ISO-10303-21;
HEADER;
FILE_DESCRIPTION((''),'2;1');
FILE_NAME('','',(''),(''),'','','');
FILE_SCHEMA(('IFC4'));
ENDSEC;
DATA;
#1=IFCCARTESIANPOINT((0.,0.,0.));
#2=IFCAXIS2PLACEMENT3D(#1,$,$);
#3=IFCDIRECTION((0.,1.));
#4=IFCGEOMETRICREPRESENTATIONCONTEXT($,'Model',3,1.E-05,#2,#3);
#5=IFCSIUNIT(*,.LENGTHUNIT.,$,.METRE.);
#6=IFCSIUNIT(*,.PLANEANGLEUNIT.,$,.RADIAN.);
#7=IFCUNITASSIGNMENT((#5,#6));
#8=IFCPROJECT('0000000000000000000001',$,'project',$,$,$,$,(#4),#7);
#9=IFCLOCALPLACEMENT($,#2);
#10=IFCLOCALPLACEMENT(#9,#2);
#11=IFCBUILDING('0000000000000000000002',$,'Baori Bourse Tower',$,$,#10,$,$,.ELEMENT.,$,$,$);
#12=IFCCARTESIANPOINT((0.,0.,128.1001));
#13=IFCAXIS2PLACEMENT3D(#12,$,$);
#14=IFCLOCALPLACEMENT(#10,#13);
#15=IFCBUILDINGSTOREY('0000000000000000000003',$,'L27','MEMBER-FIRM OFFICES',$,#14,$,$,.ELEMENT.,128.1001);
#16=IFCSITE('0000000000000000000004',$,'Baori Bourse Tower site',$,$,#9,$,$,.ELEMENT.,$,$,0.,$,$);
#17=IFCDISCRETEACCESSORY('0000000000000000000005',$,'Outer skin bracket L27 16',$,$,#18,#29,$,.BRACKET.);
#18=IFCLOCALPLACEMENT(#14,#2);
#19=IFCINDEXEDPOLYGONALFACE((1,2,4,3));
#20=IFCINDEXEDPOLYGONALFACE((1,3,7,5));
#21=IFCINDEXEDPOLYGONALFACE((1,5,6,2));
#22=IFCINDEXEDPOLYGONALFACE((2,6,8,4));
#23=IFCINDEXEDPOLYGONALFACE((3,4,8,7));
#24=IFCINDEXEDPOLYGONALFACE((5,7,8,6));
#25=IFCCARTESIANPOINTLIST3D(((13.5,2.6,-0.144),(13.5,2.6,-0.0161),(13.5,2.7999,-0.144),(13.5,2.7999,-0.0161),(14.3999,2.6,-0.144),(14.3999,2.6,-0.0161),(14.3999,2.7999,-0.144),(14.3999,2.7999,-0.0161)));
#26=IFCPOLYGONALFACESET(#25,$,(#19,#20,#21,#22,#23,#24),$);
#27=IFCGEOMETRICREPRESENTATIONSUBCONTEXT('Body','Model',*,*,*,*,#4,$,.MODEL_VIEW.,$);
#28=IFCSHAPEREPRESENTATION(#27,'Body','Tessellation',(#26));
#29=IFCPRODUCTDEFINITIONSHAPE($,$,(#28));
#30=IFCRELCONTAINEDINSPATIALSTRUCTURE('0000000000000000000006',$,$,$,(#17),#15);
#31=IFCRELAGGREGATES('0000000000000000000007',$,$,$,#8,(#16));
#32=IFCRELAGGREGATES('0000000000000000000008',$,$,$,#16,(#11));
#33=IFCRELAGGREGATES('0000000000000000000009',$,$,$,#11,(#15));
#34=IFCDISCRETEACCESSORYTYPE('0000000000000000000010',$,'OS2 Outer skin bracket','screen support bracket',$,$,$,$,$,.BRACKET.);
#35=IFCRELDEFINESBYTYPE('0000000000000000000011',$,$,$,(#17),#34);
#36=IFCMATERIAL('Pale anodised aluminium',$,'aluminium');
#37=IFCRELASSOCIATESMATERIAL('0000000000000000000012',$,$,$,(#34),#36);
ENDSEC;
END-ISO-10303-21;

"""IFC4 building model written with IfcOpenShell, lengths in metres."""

from ifc_helpers import new_model, si_unit, direction, frame, origin, origin_2d, place, context, subcontext, project, spatial, rectangle, extrude, material, type_object, element, save


model = new_model("IFC4")

# Units and contexts
model_context = context("Model", 3, precision=1e-05, world=origin(), true_north=direction((0.0, 1.0)))
body_context = subcontext(model_context, "Body", "Model", "MODEL_VIEW")
ifc_project = project(units=[si_unit("LENGTHUNIT", "METRE"), si_unit("PLANEANGLEUNIT", "RADIAN")], contexts=[model_context])

# Site, building, storey
site_placement = place(None, origin())
site = spatial("IfcSite", under=ifc_project, at=site_placement, Name="Baori Bourse Tower site", CompositionType="ELEMENT", RefElevation=0.0)
building_placement = place(site_placement, origin())
building = spatial("IfcBuilding", under=site, at=building_placement, Name="Baori Bourse Tower", CompositionType="ELEMENT")
storey_placement = place(building_placement, frame((0.0, 0.0, 128.1001)))
storey = spatial("IfcBuildingStorey", under=building, at=storey_placement, Name="L27", Description="MEMBER-FIRM OFFICES", CompositionType="ELEMENT", Elevation=128.1001)

# Discrete accessory
ifc_material_1 = material(Name="Pale anodised aluminium", Category="aluminium")
discrete_accessory_type = type_object("IfcDiscreteAccessoryType", Name="OS2 Outer skin bracket", Description="screen support bracket", PredefinedType="BRACKET", material=ifc_material_1)
for number, where, z_axis, x_axis, name in (
    (1, (13.95, 2.7, -0.144), (0.0, 0.0, 1.0), (0.0, -1.0, 0.0), "Outer skin bracket L27 16"),
):
    element("IfcDiscreteAccessory", number, at=place(storey_placement, frame(where, z_axis=z_axis, x_axis=x_axis)), inside=storey, type_object=discrete_accessory_type, Name=name, PredefinedType="BRACKET", context=body_context, shape_type="SweptSolid", body=[
        extrude(rectangle(XDim=0.2, YDim=0.8999, at=origin_2d()), origin(), (0.0, 0.0, 1.0), 0.1279),
    ])

save(model, "model.ifc")
